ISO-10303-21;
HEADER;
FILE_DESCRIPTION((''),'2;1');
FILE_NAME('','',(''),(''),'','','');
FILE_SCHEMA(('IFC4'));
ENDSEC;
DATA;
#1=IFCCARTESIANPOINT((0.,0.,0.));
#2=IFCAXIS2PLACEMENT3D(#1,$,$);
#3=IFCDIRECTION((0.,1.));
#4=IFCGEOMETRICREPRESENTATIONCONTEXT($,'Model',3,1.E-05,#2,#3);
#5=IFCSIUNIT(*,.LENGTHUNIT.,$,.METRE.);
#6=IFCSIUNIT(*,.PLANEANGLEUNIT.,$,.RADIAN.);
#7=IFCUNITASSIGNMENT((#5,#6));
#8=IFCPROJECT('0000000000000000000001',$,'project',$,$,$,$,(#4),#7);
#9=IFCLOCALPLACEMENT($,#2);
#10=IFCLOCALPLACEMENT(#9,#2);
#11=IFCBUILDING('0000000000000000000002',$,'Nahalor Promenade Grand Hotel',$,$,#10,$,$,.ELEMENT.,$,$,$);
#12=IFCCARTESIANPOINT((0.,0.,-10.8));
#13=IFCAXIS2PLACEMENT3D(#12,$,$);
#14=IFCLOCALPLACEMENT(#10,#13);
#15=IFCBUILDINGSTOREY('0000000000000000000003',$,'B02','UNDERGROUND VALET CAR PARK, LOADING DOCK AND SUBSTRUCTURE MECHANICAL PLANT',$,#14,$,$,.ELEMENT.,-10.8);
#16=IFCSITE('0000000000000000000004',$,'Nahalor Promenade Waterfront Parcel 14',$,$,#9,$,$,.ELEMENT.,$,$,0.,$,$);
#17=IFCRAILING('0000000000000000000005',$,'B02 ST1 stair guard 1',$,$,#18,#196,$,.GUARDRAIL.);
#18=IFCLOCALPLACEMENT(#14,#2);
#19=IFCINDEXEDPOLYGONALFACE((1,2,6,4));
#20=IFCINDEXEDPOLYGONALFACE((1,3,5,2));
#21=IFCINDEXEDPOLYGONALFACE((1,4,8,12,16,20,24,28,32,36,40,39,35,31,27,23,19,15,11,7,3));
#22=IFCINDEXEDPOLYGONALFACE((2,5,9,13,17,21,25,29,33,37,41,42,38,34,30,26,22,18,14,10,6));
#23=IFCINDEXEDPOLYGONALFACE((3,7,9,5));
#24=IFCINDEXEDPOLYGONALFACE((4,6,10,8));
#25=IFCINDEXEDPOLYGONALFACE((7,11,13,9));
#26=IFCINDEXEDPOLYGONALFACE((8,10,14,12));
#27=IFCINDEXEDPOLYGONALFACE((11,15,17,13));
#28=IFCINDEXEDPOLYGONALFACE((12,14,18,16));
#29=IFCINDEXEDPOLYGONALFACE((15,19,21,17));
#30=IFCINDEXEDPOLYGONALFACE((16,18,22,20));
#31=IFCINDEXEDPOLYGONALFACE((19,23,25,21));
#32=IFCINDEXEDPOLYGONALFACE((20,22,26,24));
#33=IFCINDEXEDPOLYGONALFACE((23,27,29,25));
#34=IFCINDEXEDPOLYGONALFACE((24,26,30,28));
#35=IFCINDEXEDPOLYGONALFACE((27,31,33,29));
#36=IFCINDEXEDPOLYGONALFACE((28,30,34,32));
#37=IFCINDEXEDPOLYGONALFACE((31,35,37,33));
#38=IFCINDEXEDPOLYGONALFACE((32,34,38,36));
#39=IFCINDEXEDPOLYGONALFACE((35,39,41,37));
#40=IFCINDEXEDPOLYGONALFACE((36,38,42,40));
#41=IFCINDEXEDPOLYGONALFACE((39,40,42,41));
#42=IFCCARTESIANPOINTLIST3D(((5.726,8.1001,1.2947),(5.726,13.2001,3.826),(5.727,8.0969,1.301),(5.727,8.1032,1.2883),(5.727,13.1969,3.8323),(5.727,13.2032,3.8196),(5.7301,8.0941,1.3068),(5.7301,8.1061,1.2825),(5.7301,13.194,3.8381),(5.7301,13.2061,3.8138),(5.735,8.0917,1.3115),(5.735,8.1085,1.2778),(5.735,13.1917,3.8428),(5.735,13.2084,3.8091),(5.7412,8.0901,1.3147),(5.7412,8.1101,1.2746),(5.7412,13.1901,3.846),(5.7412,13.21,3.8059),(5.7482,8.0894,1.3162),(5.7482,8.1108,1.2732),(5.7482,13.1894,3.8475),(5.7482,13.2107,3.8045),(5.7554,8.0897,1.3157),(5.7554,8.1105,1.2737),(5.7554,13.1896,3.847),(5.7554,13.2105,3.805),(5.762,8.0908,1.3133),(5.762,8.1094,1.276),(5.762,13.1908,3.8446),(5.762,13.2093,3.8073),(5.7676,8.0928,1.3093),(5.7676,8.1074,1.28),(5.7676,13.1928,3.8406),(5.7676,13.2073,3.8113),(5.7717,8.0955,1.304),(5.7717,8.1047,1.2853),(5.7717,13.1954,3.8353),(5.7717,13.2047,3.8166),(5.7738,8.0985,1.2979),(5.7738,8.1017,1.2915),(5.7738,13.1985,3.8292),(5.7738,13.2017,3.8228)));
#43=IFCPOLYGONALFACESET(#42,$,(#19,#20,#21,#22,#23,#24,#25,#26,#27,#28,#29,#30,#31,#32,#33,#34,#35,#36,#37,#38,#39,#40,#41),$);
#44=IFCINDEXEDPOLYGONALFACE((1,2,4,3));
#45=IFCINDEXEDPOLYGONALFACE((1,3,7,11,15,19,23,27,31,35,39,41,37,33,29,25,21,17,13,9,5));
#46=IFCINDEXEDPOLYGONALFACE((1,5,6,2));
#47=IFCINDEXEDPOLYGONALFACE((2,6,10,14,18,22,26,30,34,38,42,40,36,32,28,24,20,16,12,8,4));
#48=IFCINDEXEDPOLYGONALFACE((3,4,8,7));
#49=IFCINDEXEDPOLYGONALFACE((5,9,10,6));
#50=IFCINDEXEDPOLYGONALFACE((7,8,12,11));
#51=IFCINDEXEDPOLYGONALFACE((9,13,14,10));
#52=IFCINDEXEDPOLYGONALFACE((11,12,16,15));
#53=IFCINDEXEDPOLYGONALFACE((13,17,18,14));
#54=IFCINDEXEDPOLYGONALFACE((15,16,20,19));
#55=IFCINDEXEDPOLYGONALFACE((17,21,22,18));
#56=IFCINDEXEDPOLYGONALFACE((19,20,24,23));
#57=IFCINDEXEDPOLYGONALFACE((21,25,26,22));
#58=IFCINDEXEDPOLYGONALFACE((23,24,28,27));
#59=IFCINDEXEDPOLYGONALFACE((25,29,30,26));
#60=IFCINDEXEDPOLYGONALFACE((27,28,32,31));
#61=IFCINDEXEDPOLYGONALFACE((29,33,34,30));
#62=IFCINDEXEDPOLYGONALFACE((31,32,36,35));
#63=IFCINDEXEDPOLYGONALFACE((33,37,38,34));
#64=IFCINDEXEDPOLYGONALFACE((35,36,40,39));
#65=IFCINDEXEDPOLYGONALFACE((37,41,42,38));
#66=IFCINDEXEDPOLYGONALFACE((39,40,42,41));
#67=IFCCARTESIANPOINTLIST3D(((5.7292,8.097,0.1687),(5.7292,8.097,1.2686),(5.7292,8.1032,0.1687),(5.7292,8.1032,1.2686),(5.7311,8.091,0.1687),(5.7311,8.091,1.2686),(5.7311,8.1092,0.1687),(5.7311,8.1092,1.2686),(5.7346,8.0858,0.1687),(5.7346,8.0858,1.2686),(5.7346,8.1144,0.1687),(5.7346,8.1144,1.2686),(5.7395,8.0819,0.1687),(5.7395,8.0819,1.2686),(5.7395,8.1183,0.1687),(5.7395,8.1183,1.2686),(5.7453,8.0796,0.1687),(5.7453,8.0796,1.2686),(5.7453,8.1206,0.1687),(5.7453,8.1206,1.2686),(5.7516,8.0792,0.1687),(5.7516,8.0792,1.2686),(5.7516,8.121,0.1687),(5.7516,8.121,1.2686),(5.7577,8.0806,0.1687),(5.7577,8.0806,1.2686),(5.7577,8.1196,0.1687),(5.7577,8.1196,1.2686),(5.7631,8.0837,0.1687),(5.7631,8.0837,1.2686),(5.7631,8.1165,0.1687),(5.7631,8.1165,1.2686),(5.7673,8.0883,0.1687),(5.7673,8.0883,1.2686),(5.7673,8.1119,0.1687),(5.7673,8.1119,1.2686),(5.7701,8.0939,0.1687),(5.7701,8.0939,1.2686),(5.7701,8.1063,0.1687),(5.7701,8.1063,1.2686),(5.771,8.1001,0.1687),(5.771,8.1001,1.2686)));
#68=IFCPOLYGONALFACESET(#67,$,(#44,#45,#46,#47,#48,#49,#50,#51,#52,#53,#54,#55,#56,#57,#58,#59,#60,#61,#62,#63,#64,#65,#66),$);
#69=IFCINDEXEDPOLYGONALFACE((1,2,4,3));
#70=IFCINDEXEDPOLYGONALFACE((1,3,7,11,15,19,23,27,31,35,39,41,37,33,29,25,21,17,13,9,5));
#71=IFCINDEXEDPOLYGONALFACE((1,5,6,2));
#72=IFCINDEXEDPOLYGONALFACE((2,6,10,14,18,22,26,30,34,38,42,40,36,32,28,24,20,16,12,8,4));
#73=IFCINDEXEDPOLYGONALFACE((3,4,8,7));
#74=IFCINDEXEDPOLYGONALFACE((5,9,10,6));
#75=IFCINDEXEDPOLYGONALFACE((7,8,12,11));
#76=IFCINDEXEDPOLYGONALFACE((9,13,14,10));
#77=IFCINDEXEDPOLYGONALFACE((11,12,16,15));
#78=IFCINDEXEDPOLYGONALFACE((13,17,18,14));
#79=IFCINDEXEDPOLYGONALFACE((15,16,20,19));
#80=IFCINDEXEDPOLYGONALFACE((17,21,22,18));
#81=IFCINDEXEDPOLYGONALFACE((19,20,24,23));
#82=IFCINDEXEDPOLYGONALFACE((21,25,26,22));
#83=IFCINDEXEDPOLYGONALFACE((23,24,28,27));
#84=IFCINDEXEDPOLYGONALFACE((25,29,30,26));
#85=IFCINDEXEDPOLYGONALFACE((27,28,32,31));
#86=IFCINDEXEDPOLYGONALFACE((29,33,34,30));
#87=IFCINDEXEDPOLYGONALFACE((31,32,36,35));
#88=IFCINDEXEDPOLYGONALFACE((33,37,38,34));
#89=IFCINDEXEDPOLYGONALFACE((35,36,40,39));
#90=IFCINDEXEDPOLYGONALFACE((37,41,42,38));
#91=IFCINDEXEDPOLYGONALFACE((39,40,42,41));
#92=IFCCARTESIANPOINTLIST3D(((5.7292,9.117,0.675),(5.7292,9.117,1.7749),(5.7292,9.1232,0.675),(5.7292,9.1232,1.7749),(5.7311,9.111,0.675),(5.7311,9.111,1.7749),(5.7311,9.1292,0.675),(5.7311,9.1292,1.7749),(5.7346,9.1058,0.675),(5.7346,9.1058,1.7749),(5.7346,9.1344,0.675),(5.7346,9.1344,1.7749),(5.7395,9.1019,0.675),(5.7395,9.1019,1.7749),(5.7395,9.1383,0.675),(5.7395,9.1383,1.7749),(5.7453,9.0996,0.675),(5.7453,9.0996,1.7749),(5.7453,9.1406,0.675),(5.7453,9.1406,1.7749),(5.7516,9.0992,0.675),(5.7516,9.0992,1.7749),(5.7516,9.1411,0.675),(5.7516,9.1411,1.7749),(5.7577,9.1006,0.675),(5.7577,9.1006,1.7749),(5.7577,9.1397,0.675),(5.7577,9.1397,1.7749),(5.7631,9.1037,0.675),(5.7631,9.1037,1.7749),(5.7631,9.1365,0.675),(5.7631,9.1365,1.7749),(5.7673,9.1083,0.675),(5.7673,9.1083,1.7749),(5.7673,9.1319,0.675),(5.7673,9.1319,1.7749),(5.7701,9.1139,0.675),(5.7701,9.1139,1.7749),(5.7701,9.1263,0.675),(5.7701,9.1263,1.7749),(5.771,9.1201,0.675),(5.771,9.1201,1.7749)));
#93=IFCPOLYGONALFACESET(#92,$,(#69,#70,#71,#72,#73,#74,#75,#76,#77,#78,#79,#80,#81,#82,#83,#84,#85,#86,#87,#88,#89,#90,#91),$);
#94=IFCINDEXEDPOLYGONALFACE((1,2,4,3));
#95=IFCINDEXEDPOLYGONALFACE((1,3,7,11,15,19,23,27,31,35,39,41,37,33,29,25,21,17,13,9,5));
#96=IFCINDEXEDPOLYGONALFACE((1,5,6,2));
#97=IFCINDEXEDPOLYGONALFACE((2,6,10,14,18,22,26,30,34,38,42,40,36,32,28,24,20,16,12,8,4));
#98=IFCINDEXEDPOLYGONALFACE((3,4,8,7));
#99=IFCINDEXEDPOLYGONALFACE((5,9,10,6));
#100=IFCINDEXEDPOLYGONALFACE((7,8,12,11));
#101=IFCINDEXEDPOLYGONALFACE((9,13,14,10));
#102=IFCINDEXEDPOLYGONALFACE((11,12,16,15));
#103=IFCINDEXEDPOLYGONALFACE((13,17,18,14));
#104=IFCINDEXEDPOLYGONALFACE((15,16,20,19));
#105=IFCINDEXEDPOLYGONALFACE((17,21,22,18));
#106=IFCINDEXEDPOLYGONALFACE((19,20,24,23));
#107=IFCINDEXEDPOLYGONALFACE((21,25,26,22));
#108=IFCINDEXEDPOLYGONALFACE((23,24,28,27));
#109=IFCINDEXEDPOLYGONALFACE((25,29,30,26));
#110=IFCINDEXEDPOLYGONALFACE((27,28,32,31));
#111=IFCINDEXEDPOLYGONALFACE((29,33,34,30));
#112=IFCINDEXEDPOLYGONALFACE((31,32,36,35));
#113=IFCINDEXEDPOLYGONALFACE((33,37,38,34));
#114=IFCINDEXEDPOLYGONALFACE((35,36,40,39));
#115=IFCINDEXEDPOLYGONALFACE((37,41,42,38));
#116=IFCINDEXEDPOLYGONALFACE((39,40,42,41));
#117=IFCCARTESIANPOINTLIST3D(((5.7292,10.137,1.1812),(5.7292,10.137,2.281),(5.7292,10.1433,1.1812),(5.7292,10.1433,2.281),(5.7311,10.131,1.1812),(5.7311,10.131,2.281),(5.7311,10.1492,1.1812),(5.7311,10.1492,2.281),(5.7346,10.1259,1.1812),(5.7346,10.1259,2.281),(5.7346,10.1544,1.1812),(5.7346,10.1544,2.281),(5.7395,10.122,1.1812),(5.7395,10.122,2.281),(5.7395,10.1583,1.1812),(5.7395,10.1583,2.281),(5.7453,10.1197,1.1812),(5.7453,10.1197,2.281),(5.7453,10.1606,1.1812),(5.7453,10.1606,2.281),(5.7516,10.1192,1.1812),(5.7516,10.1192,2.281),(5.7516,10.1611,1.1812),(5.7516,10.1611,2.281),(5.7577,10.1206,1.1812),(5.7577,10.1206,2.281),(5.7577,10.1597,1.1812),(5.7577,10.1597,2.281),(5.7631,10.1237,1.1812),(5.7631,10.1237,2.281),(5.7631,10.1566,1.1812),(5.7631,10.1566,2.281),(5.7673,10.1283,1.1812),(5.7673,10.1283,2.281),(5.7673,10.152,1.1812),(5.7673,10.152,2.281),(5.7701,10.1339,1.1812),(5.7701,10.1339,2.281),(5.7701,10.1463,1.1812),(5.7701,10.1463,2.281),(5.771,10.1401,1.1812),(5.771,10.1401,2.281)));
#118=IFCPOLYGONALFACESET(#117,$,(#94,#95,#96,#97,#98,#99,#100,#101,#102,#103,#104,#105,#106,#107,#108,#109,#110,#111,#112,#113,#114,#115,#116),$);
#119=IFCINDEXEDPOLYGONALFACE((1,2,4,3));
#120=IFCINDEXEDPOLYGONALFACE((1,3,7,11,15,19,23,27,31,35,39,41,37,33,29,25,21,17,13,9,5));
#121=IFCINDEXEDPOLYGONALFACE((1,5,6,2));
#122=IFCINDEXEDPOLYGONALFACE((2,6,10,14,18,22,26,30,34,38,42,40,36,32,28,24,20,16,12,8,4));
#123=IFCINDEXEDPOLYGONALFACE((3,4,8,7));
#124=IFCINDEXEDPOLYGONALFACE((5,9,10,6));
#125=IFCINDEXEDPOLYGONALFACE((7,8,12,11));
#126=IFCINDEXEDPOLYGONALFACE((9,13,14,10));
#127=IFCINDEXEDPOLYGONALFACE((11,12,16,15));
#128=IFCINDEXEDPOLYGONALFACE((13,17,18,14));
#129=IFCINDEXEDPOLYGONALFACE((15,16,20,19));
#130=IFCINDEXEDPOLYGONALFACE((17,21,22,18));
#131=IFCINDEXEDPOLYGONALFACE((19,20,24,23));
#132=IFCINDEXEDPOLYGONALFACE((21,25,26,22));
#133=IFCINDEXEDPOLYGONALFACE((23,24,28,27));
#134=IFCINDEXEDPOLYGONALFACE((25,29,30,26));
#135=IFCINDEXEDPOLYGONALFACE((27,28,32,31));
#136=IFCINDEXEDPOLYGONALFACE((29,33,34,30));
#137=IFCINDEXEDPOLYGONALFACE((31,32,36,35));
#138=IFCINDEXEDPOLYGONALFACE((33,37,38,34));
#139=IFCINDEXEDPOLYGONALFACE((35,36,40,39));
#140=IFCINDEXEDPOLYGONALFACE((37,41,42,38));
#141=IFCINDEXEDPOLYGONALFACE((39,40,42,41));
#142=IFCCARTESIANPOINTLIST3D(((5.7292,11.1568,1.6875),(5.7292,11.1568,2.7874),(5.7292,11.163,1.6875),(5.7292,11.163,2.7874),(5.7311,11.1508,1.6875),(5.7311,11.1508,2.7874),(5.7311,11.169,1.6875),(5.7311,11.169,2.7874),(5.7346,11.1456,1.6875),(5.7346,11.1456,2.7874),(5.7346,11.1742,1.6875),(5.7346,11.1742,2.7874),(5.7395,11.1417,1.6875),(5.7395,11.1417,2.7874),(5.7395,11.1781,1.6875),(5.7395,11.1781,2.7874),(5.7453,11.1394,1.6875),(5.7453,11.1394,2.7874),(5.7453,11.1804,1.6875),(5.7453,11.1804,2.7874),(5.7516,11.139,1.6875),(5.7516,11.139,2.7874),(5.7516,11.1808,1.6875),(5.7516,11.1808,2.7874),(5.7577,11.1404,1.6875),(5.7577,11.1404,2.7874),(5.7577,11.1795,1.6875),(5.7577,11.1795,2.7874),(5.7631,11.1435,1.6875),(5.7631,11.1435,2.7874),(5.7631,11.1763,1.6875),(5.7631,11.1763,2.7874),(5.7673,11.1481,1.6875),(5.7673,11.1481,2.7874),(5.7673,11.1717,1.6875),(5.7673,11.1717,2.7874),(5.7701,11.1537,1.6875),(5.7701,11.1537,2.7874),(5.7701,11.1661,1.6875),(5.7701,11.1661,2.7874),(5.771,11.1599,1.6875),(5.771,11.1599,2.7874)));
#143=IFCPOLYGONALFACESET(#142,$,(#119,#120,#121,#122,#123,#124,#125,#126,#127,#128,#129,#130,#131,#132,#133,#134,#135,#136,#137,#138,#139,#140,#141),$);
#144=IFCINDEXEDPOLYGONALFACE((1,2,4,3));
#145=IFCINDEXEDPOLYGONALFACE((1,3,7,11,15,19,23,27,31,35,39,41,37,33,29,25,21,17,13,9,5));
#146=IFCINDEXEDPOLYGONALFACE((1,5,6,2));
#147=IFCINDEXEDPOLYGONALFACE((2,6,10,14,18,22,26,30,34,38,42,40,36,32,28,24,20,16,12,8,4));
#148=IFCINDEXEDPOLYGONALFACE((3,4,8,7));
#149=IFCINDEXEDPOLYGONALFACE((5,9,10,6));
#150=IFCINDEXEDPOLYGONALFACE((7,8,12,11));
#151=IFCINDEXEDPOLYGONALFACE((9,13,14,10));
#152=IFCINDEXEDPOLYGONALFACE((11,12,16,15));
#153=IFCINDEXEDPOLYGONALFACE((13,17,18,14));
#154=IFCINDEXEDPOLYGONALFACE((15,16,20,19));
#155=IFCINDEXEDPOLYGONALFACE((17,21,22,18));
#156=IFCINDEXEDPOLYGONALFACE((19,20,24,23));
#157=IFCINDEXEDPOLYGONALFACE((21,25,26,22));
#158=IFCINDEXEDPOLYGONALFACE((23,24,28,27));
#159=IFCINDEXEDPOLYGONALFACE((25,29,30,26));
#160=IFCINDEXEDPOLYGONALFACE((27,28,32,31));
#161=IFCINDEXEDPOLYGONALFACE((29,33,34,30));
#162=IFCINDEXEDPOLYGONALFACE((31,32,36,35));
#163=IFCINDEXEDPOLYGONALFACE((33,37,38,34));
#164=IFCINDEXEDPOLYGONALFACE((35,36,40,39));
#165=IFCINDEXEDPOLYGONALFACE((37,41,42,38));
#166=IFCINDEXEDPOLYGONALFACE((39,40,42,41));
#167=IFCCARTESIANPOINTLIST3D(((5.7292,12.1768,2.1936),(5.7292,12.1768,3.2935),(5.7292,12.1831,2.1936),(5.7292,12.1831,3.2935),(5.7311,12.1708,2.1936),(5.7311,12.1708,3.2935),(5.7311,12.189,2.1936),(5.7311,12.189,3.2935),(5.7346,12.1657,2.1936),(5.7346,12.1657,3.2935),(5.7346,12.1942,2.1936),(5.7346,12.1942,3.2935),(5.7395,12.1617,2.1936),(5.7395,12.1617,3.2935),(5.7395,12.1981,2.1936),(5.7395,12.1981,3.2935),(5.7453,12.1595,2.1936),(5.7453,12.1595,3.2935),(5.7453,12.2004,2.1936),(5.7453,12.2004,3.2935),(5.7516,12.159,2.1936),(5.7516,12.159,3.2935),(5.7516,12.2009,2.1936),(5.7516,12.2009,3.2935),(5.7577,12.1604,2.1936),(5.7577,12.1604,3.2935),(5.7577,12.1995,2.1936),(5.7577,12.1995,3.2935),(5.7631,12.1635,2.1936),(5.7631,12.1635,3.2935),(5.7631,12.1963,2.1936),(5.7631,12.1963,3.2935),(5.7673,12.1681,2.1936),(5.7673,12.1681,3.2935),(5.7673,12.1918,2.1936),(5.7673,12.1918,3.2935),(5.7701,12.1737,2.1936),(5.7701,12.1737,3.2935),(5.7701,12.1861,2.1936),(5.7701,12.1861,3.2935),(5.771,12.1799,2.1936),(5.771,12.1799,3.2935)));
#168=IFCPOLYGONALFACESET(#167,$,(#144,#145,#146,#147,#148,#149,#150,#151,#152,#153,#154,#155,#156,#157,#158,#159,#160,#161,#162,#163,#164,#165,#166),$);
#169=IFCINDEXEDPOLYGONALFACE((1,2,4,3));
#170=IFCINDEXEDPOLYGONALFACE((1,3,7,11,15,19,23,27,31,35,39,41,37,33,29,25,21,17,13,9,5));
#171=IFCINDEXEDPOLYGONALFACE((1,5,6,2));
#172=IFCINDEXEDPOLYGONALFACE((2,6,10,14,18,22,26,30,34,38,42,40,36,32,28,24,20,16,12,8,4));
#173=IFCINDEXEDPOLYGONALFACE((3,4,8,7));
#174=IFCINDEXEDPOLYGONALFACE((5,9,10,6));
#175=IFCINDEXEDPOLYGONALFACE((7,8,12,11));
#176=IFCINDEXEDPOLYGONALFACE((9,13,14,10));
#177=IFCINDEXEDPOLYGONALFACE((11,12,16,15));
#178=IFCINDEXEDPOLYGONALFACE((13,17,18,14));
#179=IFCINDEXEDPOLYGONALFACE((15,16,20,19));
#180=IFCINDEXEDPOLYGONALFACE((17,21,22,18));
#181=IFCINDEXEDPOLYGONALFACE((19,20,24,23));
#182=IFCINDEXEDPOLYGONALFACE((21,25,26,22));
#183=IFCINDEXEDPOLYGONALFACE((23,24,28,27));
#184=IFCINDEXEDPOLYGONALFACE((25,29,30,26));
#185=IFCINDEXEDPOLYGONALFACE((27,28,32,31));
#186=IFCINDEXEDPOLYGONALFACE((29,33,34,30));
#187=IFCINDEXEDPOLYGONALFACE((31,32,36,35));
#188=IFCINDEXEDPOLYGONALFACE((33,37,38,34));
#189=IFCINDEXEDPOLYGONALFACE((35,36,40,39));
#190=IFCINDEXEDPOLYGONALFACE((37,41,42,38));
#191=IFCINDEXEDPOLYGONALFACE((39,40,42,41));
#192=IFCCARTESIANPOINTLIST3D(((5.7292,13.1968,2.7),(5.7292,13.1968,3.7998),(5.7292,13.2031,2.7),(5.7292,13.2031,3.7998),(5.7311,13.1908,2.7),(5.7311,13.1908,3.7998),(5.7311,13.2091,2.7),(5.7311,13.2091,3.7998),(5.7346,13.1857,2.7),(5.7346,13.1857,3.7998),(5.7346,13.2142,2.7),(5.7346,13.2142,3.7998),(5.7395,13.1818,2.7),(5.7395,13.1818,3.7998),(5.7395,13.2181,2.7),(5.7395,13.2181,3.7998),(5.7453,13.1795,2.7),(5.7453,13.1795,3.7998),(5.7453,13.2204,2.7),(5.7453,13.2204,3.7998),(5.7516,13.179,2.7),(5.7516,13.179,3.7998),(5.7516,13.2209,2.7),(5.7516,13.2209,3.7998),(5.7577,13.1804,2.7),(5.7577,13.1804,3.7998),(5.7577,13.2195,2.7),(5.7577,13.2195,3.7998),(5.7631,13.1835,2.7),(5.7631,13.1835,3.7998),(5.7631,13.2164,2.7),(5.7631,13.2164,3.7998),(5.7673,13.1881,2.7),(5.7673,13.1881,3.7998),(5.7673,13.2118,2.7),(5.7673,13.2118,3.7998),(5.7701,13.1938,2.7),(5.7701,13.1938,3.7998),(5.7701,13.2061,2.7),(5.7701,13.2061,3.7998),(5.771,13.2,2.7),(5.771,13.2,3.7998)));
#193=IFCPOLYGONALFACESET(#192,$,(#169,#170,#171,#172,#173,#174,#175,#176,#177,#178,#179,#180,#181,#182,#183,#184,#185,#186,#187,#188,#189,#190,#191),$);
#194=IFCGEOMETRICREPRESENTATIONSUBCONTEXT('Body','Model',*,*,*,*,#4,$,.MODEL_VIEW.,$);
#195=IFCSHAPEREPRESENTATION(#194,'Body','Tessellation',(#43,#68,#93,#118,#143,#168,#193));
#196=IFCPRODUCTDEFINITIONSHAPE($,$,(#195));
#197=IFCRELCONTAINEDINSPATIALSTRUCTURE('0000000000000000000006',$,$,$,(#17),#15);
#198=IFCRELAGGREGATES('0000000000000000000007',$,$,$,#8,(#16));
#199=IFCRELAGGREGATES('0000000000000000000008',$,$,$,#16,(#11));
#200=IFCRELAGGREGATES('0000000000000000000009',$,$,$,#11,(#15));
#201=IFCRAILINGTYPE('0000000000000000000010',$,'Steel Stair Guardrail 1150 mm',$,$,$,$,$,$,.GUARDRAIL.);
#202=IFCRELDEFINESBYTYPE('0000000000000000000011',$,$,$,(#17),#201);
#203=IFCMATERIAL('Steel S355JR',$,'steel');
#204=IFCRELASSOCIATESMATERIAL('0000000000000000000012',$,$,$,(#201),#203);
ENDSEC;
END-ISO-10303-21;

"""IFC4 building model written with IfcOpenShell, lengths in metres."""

from ifc_helpers import new_model, si_unit, direction, frame, origin, origin_2d, place, context, subcontext, project, spatial, circle, extrude, material, type_object, element, save


model = new_model("IFC4")

# Units and contexts
model_context = context("Model", 3, precision=1e-05, world=origin(), true_north=direction((0.0, 1.0)))
body_context = subcontext(model_context, "Body", "Model", "MODEL_VIEW")
ifc_project = project(units=[si_unit("LENGTHUNIT", "METRE"), si_unit("PLANEANGLEUNIT", "RADIAN")], contexts=[model_context])

# Site, building, storey
site_placement = place(None, origin())
site = spatial("IfcSite", under=ifc_project, at=site_placement, Name="Nahalor Promenade Waterfront Parcel 14", CompositionType="ELEMENT", RefElevation=0.0)
building_placement = place(site_placement, origin())
building = spatial("IfcBuilding", under=site, at=building_placement, Name="Nahalor Promenade Grand Hotel", CompositionType="ELEMENT")
storey_placement = place(building_placement, frame((0.0, 0.0, -10.8)))
storey = spatial("IfcBuildingStorey", under=building, at=storey_placement, Name="B02", Description="UNDERGROUND VALET CAR PARK, LOADING DOCK AND SUBSTRUCTURE MECHANICAL PLANT", CompositionType="ELEMENT", Elevation=-10.8)

# Shared definitions
ifc_material_1 = material(Name="Steel S355JR", Category="steel")

# Railing
railing_type_1 = type_object("IfcRailingType", Name="Steel Stair Guardrail 1150 mm", PredefinedType="GUARDRAIL", material=ifc_material_1)
railing_1_placement = place(storey_placement, frame((5.75, 8.1001, 0.1687)))
element("IfcRailing", 1, at=railing_1_placement, inside=storey, type_object=railing_type_1, Name="B02 ST1 stair guard 1", PredefinedType="GUARDRAIL", context=body_context, shape_type="SweptSolid", body=[
    extrude(circle(Radius=0.024, at=origin_2d()), frame((0.0, 0.0, 1.126), z_axis=(0.0, 0.895735, 0.444587), x_axis=(-1.0, 0.0, 0.0)), (0.0, 0.0, 1.0), 5.6936),
    extrude(circle(Radius=0.021, at=origin_2d()), origin(), (0.0, 0.0, 1.0), 1.0999),
    extrude(circle(Radius=0.021, at=origin_2d()), frame((0.0, 1.02, 0.5063)), (0.0, 0.0, 1.0), 1.0999),
    extrude(circle(Radius=0.021, at=origin_2d()), frame((0.0, 2.04, 1.0125)), (0.0, 0.0, 1.0), 1.0999),
    extrude(circle(Radius=0.021, at=origin_2d()), frame((0.0, 3.0598, 1.5188)), (0.0, 0.0, 1.0), 1.0999),
    extrude(circle(Radius=0.021, at=origin_2d()), frame((0.0, 4.0798, 2.0249)), (0.0, 0.0, 1.0), 1.0999),
    extrude(circle(Radius=0.021, at=origin_2d()), frame((0.0, 5.0999, 2.5312)), (0.0, 0.0, 1.0), 1.0999),
])

save(model, "model.ifc")
